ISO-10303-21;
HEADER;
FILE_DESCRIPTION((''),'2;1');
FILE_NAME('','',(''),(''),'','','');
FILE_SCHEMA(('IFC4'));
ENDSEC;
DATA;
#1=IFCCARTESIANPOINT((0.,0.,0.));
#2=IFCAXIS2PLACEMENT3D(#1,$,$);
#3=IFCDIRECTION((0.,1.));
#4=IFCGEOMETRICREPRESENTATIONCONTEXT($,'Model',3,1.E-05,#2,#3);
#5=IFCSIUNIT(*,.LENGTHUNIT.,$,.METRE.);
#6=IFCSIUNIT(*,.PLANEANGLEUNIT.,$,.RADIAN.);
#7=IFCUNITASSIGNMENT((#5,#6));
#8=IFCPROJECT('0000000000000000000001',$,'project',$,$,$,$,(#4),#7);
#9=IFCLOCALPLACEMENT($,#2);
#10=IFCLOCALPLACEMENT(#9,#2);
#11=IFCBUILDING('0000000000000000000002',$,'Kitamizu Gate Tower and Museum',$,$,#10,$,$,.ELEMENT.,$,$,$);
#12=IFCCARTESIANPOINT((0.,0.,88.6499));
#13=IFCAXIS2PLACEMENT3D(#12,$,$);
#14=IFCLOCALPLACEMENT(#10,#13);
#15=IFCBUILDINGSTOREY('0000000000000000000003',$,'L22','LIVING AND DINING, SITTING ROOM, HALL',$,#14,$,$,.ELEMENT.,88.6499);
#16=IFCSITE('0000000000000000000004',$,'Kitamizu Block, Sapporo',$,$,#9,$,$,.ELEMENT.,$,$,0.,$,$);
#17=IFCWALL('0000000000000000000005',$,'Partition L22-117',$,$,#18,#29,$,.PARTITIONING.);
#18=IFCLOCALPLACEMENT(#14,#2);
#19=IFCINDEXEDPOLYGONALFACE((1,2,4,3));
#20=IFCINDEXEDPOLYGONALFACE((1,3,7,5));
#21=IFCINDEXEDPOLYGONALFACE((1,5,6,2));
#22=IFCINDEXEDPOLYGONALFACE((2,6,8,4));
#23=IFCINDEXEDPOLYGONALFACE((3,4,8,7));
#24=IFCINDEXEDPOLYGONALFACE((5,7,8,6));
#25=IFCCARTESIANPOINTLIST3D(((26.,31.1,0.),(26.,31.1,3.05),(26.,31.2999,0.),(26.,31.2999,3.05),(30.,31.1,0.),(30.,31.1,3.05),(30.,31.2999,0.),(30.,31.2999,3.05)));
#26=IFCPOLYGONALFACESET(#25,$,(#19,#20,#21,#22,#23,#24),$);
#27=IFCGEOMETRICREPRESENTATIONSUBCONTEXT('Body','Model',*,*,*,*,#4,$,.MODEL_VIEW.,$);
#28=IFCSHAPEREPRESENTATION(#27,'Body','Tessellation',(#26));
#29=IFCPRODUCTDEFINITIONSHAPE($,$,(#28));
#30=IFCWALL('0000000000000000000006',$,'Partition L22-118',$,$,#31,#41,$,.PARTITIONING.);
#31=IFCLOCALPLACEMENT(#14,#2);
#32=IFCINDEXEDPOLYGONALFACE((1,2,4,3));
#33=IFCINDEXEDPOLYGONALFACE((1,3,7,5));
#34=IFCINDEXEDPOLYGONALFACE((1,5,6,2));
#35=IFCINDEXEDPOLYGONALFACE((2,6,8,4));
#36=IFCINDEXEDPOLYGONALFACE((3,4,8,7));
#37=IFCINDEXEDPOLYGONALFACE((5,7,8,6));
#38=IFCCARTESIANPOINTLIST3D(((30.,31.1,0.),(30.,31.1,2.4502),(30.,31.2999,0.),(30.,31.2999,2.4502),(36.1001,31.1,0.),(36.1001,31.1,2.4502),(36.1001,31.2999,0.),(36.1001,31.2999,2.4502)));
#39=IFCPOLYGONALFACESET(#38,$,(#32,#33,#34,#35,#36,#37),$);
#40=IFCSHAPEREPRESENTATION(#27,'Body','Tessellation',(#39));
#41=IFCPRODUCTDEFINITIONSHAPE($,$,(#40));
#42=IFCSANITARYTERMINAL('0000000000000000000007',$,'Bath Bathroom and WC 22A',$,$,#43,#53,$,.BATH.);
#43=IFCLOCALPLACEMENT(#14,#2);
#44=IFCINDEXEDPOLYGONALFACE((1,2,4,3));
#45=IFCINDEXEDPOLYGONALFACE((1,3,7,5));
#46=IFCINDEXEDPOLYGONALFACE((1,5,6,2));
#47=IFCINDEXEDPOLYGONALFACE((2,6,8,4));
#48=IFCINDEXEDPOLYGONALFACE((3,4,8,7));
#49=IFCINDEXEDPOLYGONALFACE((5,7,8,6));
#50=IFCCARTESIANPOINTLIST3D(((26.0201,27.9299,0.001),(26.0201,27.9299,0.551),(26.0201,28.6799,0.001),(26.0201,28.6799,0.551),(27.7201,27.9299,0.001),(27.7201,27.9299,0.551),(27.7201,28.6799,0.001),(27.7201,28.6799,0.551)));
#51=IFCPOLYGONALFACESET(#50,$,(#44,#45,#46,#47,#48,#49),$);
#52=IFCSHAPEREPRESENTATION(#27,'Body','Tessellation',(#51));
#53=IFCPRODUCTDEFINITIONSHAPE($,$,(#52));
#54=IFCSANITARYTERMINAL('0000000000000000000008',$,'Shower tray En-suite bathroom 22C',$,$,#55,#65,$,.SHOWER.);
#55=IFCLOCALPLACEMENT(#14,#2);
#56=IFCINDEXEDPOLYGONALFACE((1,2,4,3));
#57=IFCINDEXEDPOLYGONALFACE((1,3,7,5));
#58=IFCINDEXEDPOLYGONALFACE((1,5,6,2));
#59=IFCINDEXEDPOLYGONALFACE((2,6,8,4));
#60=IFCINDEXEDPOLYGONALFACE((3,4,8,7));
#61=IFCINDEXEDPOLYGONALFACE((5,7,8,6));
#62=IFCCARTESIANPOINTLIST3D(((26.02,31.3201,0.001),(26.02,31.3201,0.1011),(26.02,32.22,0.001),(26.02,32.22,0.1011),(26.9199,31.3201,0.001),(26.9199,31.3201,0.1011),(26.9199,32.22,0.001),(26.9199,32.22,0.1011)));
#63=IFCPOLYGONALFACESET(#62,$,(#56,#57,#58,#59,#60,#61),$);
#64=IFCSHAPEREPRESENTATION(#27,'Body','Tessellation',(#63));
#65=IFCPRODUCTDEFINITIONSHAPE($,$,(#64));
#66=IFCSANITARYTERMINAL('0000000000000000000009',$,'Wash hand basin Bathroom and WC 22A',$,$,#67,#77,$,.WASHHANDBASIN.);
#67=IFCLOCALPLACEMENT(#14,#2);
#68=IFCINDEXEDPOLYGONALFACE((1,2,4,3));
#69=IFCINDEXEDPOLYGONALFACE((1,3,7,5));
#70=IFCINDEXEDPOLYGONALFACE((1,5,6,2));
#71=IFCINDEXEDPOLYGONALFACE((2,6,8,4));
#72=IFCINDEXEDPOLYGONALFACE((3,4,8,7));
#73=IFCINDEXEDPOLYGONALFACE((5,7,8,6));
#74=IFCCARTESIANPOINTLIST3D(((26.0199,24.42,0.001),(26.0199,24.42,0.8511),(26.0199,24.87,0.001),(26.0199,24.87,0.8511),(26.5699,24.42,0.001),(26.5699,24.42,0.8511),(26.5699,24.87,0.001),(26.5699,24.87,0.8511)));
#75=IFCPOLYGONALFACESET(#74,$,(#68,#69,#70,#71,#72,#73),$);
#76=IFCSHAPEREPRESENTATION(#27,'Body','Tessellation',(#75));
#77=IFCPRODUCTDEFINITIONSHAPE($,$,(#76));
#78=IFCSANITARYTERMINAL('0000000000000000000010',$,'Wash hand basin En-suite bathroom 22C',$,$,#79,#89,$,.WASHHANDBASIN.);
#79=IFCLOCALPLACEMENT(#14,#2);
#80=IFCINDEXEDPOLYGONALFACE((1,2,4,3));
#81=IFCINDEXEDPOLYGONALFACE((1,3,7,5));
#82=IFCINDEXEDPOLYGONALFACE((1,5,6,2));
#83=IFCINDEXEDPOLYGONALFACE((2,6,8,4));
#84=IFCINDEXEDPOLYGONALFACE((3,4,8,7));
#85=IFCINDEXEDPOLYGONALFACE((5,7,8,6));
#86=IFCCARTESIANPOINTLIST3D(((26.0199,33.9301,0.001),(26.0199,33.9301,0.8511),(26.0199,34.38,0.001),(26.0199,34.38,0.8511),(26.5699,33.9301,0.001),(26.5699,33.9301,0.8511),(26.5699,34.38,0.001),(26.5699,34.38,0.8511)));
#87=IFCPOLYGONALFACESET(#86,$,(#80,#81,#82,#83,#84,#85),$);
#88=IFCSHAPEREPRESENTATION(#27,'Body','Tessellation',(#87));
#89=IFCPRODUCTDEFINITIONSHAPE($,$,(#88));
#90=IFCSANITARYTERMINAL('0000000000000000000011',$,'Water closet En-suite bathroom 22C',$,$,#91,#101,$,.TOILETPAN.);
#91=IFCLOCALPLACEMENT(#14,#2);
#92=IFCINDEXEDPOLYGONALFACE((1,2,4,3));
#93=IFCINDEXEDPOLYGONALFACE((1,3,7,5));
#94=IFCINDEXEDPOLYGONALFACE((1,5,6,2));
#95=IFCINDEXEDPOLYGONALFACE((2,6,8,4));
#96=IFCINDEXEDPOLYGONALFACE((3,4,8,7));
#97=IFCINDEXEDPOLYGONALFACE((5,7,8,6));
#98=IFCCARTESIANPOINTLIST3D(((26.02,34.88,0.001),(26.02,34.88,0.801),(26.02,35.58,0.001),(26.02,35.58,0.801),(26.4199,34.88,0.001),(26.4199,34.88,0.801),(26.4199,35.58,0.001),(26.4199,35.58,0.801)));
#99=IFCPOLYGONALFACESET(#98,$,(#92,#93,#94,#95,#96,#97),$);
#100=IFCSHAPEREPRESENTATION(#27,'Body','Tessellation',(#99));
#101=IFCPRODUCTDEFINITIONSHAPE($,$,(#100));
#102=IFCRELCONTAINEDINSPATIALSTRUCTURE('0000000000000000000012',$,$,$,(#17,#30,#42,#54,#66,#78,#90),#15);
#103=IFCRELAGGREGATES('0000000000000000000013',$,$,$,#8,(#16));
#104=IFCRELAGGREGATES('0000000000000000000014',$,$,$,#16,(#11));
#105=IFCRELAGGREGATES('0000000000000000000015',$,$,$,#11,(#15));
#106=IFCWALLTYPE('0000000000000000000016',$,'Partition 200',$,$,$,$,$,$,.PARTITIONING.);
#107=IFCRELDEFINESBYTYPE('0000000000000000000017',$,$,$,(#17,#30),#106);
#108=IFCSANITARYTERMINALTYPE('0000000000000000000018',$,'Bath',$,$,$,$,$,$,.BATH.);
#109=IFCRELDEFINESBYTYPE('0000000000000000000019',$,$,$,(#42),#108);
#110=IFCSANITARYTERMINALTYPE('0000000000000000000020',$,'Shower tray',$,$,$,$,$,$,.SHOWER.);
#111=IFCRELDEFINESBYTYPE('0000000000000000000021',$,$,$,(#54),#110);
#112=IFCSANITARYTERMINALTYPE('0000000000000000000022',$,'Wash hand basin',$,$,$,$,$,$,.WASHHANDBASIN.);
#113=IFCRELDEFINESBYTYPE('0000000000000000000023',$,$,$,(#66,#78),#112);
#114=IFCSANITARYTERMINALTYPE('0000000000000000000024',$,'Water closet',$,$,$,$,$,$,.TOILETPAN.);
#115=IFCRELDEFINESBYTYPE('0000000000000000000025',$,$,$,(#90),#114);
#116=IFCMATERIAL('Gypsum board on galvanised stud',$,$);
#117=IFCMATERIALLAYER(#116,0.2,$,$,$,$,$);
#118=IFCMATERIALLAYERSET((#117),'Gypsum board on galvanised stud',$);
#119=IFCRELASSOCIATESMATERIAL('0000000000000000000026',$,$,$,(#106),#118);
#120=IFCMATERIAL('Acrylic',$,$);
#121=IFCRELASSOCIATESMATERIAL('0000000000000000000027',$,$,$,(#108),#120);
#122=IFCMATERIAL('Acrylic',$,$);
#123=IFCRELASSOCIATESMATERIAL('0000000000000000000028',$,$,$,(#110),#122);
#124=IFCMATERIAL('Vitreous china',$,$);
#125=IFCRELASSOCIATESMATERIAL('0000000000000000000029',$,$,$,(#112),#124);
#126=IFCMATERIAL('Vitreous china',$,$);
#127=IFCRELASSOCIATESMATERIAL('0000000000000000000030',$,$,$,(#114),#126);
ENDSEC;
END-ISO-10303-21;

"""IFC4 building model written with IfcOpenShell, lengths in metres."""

from ifc_helpers import new_model, si_unit, direction, frame, frame_2d, origin, origin_2d, place, context, subcontext, project, spatial, rectangle, extrude, material, layer, layer_set, type_object, element, save


model = new_model("IFC4")

# Units and contexts
model_context = context("Model", 3, precision=1e-05, world=origin(), true_north=direction((0.0, 1.0)))
body_context = subcontext(model_context, "Body", "Model", "MODEL_VIEW")
ifc_project = project(units=[si_unit("LENGTHUNIT", "METRE"), si_unit("PLANEANGLEUNIT", "RADIAN")], contexts=[model_context])

# Site, building, storey
site_placement = place(None, origin())
site = spatial("IfcSite", under=ifc_project, at=site_placement, Name="Kitamizu Block, Sapporo", CompositionType="ELEMENT", RefElevation=0.0)
building_placement = place(site_placement, origin())
building = spatial("IfcBuilding", under=site, at=building_placement, Name="Kitamizu Gate Tower and Museum", CompositionType="ELEMENT")
storey_placement = place(building_placement, frame((0.0, 0.0, 88.6499)))
storey = spatial("IfcBuildingStorey", under=building, at=storey_placement, Name="L22", Description="LIVING AND DINING, SITTING ROOM, HALL", CompositionType="ELEMENT", Elevation=88.6499)

# Walls
ifc_material_1 = material(Name="Gypsum board on galvanised stud")
ifc_layer_1 = layer(ifc_material_1, 0.2)
ifc_layer_set_1 = layer_set([ifc_layer_1], Name="Gypsum board on galvanised stud")
wall_type_1 = type_object("IfcWallType", Name="Partition 200", PredefinedType="PARTITIONING", material=ifc_layer_set_1)
wall_1_placement = place(storey_placement, frame((26.0, 31.2, 0.0), z_axis=(0.0, 0.0, 1.0), x_axis=(1.0, 0.0, 0.0)))
element("IfcWall", 1, at=wall_1_placement, inside=storey, type_object=wall_type_1, Name="Partition L22-117", PredefinedType="PARTITIONING", context=body_context, shape_type="SweptSolid", body=[
    extrude(rectangle(XDim=4.0, YDim=0.2, at=frame_2d((2.0, 0.0))), origin(), (0.0, 0.0, 1.0), 3.05),
])
wall_2_placement = place(storey_placement, frame((30.0, 31.2, 0.0), z_axis=(0.0, 0.0, 1.0), x_axis=(1.0, 0.0, 0.0)))
element("IfcWall", 2, at=wall_2_placement, inside=storey, type_object=wall_type_1, Name="Partition L22-118", PredefinedType="PARTITIONING", context=body_context, shape_type="SweptSolid", body=[
    extrude(rectangle(XDim=6.1001, YDim=0.2, at=frame_2d((3.05, 0.0))), origin(), (0.0, 0.0, 1.0), 2.4502),
])

# Sanitary terminals
ifc_material_2 = material(Name="Acrylic")
sanitary_terminal_type_1 = type_object("IfcSanitaryTerminalType", Name="Bath", PredefinedType="BATH", material=ifc_material_2)
sanitary_terminal_1_placement = place(storey_placement, frame((26.8701, 28.3049, 0.001), z_axis=(0.0, 0.0, 1.0), x_axis=(1.0, 0.0, 0.0)))
element("IfcSanitaryTerminal", 3, at=sanitary_terminal_1_placement, inside=storey, type_object=sanitary_terminal_type_1, Name="Bath Bathroom and WC 22A", PredefinedType="BATH", context=body_context, shape_type="SweptSolid", body=[
    extrude(rectangle(XDim=1.7, YDim=0.75, at=origin_2d()), origin(), (0.0, 0.0, 1.0), 0.55),
])
ifc_material_3 = material(Name="Acrylic")
sanitary_terminal_type_2 = type_object("IfcSanitaryTerminalType", Name="Shower tray", PredefinedType="SHOWER", material=ifc_material_3)
sanitary_terminal_2_placement = place(storey_placement, frame((26.47, 31.77, 0.001), z_axis=(0.0, 0.0, 1.0), x_axis=(1.0, 0.0, 0.0)))
element("IfcSanitaryTerminal", 4, at=sanitary_terminal_2_placement, inside=storey, type_object=sanitary_terminal_type_2, Name="Shower tray En-suite bathroom 22C", PredefinedType="SHOWER", context=body_context, shape_type="SweptSolid", body=[
    extrude(rectangle(XDim=0.8999, YDim=0.8999, at=origin_2d()), origin(), (0.0, 0.0, 1.0), 0.1001),
])
ifc_material_4 = material(Name="Vitreous china")
sanitary_terminal_type_3 = type_object("IfcSanitaryTerminalType", Name="Wash hand basin", PredefinedType="WASHHANDBASIN", material=ifc_material_4)
for number, where, z_axis, x_axis, name in (
    (5, (26.2949, 24.645, 0.001), (0.0, 0.0, 1.0), (1.0, 0.0, 0.0), "Wash hand basin Bathroom and WC 22A"),
    (6, (26.2949, 34.155, 0.001), (0.0, 0.0, 1.0), (1.0, 0.0, 0.0), "Wash hand basin En-suite bathroom 22C"),
):
    element("IfcSanitaryTerminal", number, at=place(storey_placement, frame(where, z_axis=z_axis, x_axis=x_axis)), inside=storey, type_object=sanitary_terminal_type_3, Name=name, PredefinedType="WASHHANDBASIN", context=body_context, shape_type="SweptSolid", body=[
        extrude(rectangle(XDim=0.55, YDim=0.45, at=origin_2d()), origin(), (0.0, 0.0, 1.0), 0.8501),
    ])
ifc_material_5 = material(Name="Vitreous china")
sanitary_terminal_type_4 = type_object("IfcSanitaryTerminalType", Name="Water closet", PredefinedType="TOILETPAN", material=ifc_material_5)
sanitary_terminal_3_placement = place(storey_placement, frame((26.22, 35.23, 0.001), z_axis=(0.0, 0.0, 1.0), x_axis=(1.0, 0.0, 0.0)))
element("IfcSanitaryTerminal", 7, at=sanitary_terminal_3_placement, inside=storey, type_object=sanitary_terminal_type_4, Name="Water closet En-suite bathroom 22C", PredefinedType="TOILETPAN", context=body_context, shape_type="SweptSolid", body=[
    extrude(rectangle(XDim=0.3999, YDim=0.7, at=origin_2d()), origin(), (0.0, 0.0, 1.0), 0.8),
])

save(model, "model.ifc")
